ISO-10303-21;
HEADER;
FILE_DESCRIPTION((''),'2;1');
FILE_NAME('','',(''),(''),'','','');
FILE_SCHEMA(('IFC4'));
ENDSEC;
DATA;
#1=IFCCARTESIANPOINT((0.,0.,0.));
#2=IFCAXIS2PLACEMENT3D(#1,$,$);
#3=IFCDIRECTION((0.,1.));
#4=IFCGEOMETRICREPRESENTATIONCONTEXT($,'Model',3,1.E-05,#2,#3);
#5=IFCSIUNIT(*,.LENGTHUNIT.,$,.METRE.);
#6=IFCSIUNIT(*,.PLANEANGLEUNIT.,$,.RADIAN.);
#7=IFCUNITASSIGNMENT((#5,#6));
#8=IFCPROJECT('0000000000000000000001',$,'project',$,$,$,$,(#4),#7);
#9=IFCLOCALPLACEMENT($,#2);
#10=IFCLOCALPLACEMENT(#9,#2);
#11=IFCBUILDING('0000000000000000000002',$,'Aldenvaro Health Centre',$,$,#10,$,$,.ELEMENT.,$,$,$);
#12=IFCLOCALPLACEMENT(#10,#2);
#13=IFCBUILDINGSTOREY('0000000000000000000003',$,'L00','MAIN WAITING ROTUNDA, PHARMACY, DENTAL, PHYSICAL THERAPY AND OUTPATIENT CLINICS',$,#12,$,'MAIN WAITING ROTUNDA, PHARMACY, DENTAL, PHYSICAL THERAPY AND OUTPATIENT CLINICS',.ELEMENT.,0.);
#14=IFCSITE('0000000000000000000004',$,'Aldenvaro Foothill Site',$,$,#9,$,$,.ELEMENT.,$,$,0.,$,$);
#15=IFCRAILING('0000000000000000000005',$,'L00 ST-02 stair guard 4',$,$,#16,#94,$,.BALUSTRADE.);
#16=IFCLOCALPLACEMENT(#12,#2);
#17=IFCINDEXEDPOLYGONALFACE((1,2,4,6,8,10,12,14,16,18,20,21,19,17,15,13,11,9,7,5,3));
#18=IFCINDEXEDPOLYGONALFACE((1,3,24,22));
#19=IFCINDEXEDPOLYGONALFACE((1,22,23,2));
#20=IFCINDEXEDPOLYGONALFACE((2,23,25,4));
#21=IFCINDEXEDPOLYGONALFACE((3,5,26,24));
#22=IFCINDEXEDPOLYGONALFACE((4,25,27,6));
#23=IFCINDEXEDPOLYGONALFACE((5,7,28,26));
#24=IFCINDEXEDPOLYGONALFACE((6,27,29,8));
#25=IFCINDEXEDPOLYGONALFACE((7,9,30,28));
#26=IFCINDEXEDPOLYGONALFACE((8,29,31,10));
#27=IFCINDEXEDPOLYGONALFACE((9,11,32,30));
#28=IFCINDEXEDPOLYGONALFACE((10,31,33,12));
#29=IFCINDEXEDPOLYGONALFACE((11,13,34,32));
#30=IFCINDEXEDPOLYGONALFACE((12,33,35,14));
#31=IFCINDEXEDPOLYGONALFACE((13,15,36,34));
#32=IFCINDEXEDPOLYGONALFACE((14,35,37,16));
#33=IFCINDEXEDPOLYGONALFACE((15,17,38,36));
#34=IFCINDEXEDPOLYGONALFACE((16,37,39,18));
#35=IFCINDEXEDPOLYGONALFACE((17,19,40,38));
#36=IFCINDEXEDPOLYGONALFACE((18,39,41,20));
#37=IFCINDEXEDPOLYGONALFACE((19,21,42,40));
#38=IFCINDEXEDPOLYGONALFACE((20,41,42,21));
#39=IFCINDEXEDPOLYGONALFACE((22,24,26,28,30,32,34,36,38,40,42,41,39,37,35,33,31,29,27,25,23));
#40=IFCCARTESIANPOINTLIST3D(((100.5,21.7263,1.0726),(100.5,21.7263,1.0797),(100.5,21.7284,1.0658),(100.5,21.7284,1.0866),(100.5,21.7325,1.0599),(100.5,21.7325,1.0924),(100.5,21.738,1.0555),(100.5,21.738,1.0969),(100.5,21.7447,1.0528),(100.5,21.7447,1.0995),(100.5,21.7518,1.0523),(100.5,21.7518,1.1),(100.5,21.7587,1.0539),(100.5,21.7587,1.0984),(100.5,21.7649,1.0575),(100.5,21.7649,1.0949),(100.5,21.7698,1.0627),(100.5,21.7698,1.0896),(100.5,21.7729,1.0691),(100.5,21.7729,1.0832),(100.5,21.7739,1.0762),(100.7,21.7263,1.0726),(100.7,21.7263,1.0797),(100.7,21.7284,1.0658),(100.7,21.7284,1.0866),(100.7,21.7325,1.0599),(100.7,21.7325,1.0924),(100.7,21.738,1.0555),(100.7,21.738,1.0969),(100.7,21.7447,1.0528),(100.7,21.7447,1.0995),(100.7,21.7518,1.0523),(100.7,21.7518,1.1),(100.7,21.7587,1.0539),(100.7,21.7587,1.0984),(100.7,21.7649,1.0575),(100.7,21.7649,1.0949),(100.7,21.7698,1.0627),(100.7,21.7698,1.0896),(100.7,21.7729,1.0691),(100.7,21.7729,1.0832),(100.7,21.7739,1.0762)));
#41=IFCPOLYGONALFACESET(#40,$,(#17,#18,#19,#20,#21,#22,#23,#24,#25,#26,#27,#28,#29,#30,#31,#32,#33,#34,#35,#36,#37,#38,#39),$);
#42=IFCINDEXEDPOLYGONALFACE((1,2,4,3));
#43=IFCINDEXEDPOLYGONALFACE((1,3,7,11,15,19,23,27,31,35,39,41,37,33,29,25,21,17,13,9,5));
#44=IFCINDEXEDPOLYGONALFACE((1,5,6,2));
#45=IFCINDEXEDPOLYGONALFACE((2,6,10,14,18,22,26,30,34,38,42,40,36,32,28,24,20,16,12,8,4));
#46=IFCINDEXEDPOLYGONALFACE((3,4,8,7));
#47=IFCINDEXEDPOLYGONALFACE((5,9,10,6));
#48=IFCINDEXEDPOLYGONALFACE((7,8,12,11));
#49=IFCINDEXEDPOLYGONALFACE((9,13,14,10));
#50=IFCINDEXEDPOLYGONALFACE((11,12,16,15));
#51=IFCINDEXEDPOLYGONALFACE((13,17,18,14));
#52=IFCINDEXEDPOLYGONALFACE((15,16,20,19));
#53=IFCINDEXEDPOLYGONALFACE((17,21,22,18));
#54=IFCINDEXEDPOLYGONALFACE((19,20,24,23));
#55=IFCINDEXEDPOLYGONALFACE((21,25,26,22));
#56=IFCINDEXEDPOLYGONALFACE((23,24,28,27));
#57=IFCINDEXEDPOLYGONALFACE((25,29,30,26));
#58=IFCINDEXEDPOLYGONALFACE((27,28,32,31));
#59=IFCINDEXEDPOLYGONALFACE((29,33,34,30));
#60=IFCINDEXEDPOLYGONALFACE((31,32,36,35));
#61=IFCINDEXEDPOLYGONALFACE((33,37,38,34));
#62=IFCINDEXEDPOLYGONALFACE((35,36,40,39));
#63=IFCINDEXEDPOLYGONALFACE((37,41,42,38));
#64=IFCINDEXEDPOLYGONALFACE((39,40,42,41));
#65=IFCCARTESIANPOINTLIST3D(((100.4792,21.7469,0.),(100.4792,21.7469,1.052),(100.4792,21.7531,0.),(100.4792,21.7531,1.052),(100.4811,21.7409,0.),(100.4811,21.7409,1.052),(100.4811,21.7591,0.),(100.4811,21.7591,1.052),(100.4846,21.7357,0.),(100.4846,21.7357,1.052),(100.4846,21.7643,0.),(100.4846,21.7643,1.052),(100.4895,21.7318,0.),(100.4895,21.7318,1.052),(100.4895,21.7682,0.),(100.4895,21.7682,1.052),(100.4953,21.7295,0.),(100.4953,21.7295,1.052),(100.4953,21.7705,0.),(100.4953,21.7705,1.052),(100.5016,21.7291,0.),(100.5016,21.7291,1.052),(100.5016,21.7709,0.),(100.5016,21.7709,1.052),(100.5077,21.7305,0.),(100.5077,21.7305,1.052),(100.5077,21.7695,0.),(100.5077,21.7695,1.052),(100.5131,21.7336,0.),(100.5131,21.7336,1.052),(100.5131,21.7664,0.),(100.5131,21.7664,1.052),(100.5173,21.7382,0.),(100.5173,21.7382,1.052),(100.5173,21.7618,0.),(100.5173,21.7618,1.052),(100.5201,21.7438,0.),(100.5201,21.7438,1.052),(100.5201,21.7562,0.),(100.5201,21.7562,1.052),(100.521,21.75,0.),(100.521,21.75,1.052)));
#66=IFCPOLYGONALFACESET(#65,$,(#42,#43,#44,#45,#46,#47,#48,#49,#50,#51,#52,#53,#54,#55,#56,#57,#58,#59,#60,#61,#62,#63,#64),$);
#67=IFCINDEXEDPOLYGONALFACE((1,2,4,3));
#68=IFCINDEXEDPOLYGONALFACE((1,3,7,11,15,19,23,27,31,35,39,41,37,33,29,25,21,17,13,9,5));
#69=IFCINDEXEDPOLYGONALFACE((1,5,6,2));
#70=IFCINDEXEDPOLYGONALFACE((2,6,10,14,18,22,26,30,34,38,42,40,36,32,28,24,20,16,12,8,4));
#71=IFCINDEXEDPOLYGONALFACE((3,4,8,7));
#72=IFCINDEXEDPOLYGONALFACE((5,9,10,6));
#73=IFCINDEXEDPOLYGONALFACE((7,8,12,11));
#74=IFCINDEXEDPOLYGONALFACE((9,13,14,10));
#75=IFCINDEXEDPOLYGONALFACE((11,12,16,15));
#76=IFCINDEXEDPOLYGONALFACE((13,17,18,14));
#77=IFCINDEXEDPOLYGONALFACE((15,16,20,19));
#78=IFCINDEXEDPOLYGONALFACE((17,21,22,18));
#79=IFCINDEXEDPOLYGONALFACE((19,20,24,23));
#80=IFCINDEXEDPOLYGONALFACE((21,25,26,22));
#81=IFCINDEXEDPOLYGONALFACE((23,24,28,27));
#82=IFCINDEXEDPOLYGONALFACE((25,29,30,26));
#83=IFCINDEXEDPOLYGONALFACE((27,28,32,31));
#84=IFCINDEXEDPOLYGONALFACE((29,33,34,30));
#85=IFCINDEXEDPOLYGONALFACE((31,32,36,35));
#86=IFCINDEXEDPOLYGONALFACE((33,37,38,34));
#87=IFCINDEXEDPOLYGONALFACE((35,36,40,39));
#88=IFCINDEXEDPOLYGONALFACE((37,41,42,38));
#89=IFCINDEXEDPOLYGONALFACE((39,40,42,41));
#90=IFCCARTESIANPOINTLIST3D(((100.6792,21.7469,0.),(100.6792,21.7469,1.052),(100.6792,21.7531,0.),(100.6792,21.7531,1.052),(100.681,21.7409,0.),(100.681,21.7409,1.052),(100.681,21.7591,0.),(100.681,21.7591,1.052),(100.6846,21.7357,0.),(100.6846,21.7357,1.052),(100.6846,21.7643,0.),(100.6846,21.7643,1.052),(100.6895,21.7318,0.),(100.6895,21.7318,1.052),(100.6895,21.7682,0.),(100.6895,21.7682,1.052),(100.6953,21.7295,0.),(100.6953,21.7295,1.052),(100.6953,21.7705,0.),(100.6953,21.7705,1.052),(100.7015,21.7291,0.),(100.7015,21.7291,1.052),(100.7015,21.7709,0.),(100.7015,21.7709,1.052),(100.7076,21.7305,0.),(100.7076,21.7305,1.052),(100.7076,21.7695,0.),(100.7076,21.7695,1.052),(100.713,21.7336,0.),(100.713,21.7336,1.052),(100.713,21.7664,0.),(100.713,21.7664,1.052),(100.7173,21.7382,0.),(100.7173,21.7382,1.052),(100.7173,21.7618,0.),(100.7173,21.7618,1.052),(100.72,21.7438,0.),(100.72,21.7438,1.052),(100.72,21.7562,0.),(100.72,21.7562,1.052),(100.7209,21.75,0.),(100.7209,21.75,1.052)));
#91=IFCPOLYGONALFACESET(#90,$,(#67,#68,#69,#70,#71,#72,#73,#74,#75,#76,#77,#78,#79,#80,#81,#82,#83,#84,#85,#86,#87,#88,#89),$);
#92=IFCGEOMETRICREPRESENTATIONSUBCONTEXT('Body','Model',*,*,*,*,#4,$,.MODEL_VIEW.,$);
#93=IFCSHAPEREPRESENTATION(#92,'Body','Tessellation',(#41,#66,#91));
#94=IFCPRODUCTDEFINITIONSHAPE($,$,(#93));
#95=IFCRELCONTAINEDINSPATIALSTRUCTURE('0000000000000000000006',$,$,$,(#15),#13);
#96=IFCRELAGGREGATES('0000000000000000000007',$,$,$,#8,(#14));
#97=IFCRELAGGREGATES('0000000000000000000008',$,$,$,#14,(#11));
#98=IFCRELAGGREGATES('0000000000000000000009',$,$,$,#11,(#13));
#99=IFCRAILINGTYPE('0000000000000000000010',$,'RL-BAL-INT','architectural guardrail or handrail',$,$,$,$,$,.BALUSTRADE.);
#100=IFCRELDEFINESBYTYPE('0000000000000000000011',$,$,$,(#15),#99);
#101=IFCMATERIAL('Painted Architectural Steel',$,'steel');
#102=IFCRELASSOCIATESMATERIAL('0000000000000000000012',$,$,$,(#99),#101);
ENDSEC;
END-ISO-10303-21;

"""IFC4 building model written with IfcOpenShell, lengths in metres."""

from ifc_helpers import new_model, si_unit, direction, frame, origin, origin_2d, place, context, subcontext, project, spatial, circle, extrude, material, type_object, element, save


model = new_model("IFC4")

# Units and contexts
model_context = context("Model", 3, precision=1e-05, world=origin(), true_north=direction((0.0, 1.0)))
body_context = subcontext(model_context, "Body", "Model", "MODEL_VIEW")
ifc_project = project(units=[si_unit("LENGTHUNIT", "METRE"), si_unit("PLANEANGLEUNIT", "RADIAN")], contexts=[model_context])

# Site, building, storey
site_placement = place(None, origin())
site = spatial("IfcSite", under=ifc_project, at=site_placement, Name="Aldenvaro Foothill Site", CompositionType="ELEMENT", RefElevation=0.0)
building_placement = place(site_placement, origin())
building = spatial("IfcBuilding", under=site, at=building_placement, Name="Aldenvaro Health Centre", CompositionType="ELEMENT")
storey_placement = place(building_placement, origin())
storey = spatial("IfcBuildingStorey", under=building, at=storey_placement, Name="L00", Description="MAIN WAITING ROTUNDA, PHARMACY, DENTAL, PHYSICAL THERAPY AND OUTPATIENT CLINICS", LongName="MAIN WAITING ROTUNDA, PHARMACY, DENTAL, PHYSICAL THERAPY AND OUTPATIENT CLINICS", CompositionType="ELEMENT", Elevation=0.0)

# Railing
ifc_material_1 = material(Name="Painted Architectural Steel", Category="steel")
railing_type_1 = type_object("IfcRailingType", Name="RL-BAL-INT", Description="architectural guardrail or handrail", PredefinedType="BALUSTRADE", material=ifc_material_1)
railing_1_placement = place(storey_placement, frame((100.5, 21.75, 0.0)))
element("IfcRailing", 1, at=railing_1_placement, inside=storey, type_object=railing_type_1, Name="L00 ST-02 stair guard 4", PredefinedType="BALUSTRADE", context=body_context, shape_type="SweptSolid", body=[
    extrude(circle(Radius=0.0239, at=origin_2d()), frame((0.0, 0.0, 1.0762), z_axis=(1.0, 0.0, 0.0), x_axis=(0.0, 1.0, 0.0)), (0.0, 0.0, 1.0), 0.2),
    extrude(circle(Radius=0.021, at=origin_2d()), origin(), (0.0, 0.0, 1.0), 1.052),
    extrude(circle(Radius=0.021, at=origin_2d()), frame((0.2, 0.0, 0.0)), (0.0, 0.0, 1.0), 1.052),
])

save(model, "model.ifc")
